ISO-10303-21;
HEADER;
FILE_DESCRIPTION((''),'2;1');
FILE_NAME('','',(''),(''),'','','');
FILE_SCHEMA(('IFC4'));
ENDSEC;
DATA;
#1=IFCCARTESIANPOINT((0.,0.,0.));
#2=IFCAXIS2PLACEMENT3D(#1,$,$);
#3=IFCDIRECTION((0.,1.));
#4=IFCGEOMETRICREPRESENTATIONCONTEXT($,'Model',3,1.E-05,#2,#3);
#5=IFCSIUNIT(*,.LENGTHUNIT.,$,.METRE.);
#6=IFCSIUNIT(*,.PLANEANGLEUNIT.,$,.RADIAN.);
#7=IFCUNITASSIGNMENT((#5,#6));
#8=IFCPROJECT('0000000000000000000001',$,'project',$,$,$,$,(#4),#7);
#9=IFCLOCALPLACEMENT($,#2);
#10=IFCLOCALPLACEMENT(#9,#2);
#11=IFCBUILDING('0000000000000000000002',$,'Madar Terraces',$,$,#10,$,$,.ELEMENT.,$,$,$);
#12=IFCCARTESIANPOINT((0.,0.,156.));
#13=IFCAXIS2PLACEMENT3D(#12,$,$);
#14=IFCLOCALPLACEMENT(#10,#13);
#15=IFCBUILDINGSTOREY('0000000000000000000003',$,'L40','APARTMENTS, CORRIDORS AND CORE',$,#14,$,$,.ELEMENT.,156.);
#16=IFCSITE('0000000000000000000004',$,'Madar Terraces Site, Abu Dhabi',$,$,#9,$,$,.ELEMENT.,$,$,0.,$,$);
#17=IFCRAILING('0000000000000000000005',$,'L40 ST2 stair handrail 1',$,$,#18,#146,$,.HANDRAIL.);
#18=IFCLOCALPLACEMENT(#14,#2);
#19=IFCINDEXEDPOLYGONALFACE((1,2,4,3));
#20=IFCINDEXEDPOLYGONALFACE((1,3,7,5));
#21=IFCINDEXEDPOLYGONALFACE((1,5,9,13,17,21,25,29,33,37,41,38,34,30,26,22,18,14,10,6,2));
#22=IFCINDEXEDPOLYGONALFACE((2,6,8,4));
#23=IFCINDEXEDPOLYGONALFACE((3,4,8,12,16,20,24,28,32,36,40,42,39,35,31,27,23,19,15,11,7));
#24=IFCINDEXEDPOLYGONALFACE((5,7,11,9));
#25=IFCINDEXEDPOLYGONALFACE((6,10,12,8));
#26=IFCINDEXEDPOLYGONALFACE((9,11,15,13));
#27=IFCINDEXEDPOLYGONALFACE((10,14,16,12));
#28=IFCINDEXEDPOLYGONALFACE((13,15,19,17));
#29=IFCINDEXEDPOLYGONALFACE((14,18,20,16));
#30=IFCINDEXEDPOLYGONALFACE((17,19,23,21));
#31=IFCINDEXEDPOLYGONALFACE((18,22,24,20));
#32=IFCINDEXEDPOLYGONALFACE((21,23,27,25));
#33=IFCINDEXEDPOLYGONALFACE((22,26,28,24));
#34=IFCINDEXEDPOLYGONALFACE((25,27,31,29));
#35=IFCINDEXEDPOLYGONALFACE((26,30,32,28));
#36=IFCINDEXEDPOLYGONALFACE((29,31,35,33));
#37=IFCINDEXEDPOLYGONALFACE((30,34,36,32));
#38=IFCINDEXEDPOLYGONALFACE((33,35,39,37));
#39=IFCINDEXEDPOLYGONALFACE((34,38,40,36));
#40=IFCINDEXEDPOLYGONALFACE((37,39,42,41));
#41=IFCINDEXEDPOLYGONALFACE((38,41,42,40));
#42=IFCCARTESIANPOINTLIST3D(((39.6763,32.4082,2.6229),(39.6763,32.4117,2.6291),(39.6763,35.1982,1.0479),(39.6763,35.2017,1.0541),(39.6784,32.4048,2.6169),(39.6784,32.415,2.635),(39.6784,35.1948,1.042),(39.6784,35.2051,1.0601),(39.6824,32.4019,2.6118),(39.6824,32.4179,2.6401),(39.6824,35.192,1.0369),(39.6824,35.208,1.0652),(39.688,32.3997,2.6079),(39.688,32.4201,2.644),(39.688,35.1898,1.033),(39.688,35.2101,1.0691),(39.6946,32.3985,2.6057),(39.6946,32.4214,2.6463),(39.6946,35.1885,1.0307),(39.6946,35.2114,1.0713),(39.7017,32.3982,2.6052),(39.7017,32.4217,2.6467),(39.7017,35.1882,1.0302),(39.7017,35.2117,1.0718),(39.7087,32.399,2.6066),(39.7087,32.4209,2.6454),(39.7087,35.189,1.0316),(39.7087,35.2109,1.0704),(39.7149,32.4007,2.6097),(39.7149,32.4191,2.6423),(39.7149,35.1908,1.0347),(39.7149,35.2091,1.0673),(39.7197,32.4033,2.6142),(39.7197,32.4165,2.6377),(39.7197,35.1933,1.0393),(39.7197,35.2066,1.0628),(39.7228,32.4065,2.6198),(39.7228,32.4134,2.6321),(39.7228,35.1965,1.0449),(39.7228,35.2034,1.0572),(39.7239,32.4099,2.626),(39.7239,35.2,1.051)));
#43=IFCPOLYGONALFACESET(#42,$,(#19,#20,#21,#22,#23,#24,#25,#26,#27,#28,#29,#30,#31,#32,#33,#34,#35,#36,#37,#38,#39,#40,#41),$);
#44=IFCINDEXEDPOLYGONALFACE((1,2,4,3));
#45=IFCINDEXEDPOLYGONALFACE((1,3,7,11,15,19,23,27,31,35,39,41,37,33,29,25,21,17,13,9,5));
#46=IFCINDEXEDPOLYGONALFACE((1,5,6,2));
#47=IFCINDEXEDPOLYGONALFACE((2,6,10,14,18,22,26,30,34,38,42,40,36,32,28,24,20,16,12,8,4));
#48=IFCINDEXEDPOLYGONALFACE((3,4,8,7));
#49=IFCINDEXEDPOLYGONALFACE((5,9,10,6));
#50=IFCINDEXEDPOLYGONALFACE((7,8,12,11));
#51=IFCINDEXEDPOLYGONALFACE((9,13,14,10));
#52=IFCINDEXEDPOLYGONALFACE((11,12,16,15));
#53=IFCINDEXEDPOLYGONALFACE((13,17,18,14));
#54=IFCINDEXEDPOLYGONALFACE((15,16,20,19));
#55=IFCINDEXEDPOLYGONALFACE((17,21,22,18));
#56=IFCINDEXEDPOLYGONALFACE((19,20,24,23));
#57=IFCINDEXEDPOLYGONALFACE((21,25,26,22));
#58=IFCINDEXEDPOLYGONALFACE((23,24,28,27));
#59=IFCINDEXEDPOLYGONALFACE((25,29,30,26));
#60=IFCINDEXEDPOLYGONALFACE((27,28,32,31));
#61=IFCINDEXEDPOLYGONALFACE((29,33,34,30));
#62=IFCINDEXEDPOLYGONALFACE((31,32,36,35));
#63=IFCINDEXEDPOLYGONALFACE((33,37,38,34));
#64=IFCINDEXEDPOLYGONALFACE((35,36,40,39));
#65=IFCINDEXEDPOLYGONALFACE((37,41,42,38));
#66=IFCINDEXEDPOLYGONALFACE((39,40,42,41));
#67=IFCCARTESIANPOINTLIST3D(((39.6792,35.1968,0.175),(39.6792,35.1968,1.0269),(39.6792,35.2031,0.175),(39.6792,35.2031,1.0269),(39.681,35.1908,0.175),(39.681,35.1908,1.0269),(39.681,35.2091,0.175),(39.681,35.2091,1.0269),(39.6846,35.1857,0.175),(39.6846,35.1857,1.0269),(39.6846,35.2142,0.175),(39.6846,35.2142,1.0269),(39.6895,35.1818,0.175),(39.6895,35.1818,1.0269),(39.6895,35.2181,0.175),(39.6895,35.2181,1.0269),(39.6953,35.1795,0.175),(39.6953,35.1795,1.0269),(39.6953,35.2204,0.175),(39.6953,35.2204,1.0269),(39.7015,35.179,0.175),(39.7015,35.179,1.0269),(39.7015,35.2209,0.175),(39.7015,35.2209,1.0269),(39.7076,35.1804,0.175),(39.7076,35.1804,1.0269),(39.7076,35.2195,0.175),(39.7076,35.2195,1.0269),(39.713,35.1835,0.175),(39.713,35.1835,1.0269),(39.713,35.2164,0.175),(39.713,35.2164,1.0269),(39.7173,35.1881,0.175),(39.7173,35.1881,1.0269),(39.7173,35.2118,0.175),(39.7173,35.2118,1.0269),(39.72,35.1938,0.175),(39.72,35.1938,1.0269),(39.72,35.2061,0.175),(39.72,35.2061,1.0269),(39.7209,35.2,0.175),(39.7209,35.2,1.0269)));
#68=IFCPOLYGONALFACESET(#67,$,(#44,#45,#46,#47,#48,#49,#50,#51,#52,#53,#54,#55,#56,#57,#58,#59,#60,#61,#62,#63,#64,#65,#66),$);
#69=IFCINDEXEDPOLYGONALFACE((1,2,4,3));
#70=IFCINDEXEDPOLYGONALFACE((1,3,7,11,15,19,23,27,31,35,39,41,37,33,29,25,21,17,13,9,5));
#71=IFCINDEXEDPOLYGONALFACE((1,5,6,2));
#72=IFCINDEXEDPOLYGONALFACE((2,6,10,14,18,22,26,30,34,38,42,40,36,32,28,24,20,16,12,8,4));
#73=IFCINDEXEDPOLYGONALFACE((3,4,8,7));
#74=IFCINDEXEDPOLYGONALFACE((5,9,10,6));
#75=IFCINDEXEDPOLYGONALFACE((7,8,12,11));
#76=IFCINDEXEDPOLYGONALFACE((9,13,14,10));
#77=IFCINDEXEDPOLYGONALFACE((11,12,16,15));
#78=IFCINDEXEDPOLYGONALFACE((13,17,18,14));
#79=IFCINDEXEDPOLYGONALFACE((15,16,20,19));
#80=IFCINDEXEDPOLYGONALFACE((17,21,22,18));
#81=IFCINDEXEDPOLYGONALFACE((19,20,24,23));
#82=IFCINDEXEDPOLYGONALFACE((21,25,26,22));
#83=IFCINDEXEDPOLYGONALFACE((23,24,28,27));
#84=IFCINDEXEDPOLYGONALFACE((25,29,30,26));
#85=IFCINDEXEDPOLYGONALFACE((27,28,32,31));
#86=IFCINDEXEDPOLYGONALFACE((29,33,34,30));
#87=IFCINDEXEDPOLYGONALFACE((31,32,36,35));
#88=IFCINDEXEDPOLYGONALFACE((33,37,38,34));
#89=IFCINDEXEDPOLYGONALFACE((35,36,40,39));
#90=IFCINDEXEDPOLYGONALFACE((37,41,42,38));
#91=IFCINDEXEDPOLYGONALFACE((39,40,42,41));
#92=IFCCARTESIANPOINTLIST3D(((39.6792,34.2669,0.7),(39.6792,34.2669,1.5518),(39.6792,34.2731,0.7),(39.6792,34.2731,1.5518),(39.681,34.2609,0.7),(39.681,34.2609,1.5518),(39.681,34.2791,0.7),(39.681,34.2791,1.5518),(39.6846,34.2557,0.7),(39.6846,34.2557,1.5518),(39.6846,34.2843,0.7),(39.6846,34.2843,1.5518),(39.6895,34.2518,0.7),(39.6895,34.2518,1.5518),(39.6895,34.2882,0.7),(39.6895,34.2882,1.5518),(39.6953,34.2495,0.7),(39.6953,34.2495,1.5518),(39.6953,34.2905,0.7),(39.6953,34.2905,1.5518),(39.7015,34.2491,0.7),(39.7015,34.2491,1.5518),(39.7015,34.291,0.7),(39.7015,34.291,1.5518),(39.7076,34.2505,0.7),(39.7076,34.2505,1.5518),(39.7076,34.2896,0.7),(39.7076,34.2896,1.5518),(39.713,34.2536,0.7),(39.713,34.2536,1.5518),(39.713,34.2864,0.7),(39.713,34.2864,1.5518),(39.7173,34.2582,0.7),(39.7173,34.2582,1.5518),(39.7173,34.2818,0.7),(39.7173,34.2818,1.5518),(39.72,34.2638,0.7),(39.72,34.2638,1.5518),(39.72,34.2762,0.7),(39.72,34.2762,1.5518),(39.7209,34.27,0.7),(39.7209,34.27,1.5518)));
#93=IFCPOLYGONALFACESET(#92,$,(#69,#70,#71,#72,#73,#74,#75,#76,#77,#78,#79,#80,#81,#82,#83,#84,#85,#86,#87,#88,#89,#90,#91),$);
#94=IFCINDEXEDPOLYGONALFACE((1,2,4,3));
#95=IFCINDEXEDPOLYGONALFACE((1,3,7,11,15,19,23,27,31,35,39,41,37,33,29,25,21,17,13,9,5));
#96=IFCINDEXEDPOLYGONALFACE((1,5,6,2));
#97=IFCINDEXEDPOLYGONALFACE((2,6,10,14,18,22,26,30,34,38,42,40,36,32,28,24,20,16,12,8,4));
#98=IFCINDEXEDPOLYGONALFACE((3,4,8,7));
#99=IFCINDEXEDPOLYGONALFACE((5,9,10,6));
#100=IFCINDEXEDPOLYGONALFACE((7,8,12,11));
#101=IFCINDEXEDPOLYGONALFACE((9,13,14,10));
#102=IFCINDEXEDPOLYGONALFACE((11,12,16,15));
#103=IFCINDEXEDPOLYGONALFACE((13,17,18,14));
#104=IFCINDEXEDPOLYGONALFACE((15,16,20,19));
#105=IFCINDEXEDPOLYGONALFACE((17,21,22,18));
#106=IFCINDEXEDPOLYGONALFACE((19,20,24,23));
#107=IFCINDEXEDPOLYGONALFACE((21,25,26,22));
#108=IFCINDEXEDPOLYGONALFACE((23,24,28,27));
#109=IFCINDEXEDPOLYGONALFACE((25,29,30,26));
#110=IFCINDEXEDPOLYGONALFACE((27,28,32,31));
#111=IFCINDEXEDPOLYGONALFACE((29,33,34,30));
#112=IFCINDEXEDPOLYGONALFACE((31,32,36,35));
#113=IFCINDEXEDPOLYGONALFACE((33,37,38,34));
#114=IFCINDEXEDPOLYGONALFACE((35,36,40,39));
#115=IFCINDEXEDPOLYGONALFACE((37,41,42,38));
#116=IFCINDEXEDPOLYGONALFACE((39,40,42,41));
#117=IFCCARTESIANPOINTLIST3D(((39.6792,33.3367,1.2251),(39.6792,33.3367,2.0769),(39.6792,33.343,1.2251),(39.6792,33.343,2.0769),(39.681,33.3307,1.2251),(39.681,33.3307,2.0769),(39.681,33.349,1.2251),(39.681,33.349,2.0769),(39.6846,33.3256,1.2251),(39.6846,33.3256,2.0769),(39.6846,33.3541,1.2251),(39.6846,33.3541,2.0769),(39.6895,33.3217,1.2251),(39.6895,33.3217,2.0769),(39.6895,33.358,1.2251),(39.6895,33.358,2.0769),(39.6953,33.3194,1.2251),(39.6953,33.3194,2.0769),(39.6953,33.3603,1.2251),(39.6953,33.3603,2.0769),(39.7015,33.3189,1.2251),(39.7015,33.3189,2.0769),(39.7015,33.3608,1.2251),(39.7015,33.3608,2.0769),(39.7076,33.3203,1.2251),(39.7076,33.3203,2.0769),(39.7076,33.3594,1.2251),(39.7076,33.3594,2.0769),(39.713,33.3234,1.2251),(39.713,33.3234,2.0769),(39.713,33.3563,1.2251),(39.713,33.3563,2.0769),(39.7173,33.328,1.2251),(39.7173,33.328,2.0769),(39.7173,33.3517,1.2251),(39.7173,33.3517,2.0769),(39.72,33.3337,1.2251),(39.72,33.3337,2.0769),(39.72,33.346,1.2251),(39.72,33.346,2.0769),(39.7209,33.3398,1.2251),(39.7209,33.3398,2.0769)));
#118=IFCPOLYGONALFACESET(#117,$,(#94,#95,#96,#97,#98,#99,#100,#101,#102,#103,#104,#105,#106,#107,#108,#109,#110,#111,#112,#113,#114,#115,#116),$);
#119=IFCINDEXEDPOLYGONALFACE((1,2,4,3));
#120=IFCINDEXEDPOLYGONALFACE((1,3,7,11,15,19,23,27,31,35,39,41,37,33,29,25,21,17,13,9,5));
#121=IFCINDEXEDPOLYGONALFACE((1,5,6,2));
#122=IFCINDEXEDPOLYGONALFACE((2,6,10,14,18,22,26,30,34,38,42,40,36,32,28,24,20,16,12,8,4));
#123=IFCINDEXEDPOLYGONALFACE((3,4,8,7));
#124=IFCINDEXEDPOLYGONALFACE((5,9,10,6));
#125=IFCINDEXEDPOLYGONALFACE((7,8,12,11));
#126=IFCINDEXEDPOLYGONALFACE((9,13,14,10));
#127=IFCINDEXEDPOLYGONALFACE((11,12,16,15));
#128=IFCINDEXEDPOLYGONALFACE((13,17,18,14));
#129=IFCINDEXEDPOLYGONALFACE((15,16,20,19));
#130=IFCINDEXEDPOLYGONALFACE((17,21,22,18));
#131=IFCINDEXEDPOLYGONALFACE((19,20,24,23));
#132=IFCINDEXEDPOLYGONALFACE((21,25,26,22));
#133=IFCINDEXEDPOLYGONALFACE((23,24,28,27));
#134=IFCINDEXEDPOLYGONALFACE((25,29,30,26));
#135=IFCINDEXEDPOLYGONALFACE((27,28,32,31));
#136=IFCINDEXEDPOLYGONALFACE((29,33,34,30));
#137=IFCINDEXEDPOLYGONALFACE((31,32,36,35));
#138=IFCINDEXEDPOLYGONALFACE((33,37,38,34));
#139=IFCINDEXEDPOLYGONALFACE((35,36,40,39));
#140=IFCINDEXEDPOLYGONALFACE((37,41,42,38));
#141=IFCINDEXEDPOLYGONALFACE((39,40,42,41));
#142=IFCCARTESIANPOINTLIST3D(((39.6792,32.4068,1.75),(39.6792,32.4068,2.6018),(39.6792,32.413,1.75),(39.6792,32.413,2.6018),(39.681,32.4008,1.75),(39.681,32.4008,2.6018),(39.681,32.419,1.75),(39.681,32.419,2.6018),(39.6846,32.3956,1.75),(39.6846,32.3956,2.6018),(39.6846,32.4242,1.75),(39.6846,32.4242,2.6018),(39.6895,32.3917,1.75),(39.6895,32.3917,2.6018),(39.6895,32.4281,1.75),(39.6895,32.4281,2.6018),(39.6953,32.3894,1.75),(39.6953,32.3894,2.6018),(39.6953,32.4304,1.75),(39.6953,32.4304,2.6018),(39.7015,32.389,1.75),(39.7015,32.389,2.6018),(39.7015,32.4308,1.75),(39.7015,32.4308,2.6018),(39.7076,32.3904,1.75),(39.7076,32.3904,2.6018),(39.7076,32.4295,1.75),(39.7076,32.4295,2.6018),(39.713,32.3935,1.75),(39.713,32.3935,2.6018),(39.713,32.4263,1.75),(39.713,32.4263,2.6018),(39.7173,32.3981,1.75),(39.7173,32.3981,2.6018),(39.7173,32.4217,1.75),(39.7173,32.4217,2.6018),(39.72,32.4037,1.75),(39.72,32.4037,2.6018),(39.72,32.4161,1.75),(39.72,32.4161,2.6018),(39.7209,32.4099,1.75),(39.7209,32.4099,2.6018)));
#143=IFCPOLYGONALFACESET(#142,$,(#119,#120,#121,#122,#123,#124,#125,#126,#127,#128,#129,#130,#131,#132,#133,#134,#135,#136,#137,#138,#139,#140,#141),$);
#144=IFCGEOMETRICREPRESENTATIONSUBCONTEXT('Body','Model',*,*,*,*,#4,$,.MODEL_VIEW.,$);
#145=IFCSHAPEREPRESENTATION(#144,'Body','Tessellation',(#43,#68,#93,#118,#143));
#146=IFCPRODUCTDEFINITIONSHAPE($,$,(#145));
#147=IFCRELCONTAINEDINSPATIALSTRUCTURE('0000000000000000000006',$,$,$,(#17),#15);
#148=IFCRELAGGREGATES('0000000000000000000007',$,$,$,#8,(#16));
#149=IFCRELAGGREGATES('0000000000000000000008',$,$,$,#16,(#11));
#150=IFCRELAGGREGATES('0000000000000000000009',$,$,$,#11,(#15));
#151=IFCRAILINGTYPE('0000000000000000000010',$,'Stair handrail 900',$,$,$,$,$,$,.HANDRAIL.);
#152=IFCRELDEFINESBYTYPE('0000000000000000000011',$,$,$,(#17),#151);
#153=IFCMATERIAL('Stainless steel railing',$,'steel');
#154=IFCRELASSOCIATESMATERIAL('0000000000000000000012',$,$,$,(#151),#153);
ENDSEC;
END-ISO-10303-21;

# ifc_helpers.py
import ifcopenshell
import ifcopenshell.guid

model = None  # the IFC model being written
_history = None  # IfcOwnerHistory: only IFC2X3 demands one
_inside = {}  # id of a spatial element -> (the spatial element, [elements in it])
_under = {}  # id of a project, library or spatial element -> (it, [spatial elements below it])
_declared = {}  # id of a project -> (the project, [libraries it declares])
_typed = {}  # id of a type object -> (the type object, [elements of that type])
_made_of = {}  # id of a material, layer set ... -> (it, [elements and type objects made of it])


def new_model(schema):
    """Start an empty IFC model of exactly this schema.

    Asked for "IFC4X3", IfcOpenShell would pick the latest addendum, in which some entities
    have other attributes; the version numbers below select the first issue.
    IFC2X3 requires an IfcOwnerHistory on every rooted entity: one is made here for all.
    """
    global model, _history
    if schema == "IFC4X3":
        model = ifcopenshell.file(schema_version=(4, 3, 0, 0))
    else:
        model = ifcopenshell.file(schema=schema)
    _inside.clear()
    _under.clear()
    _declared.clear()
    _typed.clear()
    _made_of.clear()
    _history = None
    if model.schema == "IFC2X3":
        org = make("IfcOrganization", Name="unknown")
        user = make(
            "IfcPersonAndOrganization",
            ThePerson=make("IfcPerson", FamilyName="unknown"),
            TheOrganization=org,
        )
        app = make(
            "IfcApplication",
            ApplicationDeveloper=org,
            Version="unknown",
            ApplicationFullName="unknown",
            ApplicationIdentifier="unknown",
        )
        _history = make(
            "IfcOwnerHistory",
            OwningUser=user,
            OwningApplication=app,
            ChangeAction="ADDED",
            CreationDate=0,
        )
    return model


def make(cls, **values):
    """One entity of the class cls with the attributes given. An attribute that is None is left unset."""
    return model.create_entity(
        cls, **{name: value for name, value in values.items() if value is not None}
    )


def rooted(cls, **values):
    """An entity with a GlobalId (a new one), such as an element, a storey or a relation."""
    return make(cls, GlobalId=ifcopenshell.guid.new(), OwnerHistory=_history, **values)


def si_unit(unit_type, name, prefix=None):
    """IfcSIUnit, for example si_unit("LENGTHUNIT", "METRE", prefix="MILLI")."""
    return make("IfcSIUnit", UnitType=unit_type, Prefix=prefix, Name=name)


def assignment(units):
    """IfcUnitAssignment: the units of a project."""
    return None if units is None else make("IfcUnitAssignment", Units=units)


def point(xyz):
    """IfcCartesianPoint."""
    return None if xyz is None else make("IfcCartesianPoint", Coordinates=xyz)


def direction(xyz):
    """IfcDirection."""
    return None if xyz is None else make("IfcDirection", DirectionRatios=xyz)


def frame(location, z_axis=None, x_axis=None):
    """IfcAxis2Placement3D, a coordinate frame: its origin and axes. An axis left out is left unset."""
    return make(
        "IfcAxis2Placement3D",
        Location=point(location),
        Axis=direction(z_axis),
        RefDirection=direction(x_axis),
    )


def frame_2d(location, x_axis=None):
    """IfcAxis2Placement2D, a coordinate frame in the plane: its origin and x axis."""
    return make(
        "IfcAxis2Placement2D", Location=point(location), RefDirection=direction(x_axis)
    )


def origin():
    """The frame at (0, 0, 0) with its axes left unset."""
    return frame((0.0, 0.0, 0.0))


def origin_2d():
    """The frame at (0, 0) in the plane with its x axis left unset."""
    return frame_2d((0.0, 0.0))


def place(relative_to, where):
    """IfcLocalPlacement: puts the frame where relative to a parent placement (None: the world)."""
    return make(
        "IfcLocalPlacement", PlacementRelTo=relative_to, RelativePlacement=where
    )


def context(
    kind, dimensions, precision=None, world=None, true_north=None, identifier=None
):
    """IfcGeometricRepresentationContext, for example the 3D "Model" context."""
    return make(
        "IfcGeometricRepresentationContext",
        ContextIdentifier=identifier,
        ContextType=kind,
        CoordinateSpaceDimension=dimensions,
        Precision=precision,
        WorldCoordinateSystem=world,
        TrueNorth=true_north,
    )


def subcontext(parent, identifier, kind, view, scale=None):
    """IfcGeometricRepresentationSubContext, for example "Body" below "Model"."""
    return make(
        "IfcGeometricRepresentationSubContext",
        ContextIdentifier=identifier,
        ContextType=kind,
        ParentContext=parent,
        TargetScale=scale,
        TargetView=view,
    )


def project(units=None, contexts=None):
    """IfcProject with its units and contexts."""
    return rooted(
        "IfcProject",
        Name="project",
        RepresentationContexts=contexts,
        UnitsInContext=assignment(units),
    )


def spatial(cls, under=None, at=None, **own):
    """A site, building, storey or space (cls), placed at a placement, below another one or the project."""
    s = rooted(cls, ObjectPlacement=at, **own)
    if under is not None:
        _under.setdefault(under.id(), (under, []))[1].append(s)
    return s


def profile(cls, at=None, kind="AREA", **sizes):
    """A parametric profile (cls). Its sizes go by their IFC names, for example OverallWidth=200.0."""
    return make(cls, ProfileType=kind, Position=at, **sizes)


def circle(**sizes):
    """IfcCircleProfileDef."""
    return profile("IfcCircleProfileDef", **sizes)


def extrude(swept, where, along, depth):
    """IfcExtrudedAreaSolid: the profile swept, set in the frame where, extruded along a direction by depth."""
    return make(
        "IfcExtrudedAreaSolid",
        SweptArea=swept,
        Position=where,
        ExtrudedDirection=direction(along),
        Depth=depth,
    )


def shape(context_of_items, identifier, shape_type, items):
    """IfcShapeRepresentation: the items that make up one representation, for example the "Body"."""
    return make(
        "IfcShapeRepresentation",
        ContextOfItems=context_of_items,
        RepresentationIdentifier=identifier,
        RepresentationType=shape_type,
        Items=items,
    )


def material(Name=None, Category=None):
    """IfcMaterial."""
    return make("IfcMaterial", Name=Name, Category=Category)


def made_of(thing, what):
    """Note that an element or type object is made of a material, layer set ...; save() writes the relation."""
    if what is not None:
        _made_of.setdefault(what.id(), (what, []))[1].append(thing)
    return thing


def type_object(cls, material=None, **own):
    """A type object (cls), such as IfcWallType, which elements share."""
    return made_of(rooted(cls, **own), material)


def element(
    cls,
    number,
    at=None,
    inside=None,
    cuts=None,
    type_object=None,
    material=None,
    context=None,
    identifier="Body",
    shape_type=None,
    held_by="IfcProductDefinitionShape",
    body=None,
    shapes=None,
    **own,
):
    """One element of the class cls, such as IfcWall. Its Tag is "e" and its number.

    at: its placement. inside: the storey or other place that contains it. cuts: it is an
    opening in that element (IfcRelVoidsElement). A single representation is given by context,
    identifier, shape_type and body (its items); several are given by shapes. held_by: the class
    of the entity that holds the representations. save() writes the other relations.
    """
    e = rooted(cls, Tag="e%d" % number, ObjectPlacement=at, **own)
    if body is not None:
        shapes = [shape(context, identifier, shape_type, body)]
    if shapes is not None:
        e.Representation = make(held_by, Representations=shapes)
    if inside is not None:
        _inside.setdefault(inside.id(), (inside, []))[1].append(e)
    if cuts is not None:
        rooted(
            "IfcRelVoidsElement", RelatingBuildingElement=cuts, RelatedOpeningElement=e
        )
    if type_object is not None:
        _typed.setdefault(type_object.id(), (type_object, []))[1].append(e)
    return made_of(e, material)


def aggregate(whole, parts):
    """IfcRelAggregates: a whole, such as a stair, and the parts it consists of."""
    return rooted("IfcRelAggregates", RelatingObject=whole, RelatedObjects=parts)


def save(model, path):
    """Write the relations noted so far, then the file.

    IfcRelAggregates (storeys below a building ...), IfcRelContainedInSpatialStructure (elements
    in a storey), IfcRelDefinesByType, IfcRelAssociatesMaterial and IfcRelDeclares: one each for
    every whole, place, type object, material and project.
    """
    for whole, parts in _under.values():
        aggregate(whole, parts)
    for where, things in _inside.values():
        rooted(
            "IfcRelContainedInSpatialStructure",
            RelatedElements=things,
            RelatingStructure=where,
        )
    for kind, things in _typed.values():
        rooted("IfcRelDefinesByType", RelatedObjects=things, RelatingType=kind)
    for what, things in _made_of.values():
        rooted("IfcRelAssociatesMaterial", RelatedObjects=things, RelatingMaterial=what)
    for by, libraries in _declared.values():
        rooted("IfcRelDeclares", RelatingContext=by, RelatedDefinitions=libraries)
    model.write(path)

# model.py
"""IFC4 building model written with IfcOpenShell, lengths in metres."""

from ifc_helpers import new_model, si_unit, direction, frame, origin, origin_2d, place, context, subcontext, project, spatial, circle, extrude, material, type_object, element, save


model = new_model("IFC4")

# Units and contexts
model_context = context("Model", 3, precision=1e-05, world=origin(), true_north=direction((0.0, 1.0)))
body_context = subcontext(model_context, "Body", "Model", "MODEL_VIEW")
ifc_project = project(units=[si_unit("LENGTHUNIT", "METRE"), si_unit("PLANEANGLEUNIT", "RADIAN")], contexts=[model_context])

# Site, building, storey
site_placement = place(None, origin())
site = spatial("IfcSite", under=ifc_project, at=site_placement, Name="Madar Terraces Site, Abu Dhabi", CompositionType="ELEMENT", RefElevation=0.0)
building_placement = place(site_placement, origin())
building = spatial("IfcBuilding", under=site, at=building_placement, Name="Madar Terraces", CompositionType="ELEMENT")
storey_placement = place(building_placement, frame((0.0, 0.0, 156.0)))
storey = spatial("IfcBuildingStorey", under=building, at=storey_placement, Name="L40", Description="APARTMENTS, CORRIDORS AND CORE", CompositionType="ELEMENT", Elevation=156.0)

# Railing
ifc_material_1 = material(Name="Stainless steel railing", Category="steel")
railing_type_1 = type_object("IfcRailingType", Name="Stair handrail 900", PredefinedType="HANDRAIL", material=ifc_material_1)
railing_1_placement = place(storey_placement, frame((39.7, 35.2, 0.175)))
element("IfcRailing", 1, at=railing_1_placement, inside=storey, type_object=railing_type_1, Name="L40 ST2 stair handrail 1", PredefinedType="HANDRAIL", context=body_context, shape_type="SweptSolid", body=[
    extrude(circle(Radius=0.0239, at=origin_2d()), frame((0.0, 0.0, 0.876), z_axis=(0.0, -0.870834, 0.491578), x_axis=(1.0, 0.0, 0.0)), (0.0, 0.0, 1.0), 3.2039),
    extrude(circle(Radius=0.021, at=origin_2d()), origin(), (0.0, 0.0, 1.0), 0.8518),
    extrude(circle(Radius=0.021, at=origin_2d()), frame((0.0, -0.9299, 0.5249)), (0.0, 0.0, 1.0), 0.8518),
    extrude(circle(Radius=0.021, at=origin_2d()), frame((0.0, -1.8601, 1.05)), (0.0, 0.0, 1.0), 0.8518),
    extrude(circle(Radius=0.021, at=origin_2d()), frame((0.0, -2.79, 1.575)), (0.0, 0.0, 1.0), 0.8518),
])

save(model, "model.ifc")
